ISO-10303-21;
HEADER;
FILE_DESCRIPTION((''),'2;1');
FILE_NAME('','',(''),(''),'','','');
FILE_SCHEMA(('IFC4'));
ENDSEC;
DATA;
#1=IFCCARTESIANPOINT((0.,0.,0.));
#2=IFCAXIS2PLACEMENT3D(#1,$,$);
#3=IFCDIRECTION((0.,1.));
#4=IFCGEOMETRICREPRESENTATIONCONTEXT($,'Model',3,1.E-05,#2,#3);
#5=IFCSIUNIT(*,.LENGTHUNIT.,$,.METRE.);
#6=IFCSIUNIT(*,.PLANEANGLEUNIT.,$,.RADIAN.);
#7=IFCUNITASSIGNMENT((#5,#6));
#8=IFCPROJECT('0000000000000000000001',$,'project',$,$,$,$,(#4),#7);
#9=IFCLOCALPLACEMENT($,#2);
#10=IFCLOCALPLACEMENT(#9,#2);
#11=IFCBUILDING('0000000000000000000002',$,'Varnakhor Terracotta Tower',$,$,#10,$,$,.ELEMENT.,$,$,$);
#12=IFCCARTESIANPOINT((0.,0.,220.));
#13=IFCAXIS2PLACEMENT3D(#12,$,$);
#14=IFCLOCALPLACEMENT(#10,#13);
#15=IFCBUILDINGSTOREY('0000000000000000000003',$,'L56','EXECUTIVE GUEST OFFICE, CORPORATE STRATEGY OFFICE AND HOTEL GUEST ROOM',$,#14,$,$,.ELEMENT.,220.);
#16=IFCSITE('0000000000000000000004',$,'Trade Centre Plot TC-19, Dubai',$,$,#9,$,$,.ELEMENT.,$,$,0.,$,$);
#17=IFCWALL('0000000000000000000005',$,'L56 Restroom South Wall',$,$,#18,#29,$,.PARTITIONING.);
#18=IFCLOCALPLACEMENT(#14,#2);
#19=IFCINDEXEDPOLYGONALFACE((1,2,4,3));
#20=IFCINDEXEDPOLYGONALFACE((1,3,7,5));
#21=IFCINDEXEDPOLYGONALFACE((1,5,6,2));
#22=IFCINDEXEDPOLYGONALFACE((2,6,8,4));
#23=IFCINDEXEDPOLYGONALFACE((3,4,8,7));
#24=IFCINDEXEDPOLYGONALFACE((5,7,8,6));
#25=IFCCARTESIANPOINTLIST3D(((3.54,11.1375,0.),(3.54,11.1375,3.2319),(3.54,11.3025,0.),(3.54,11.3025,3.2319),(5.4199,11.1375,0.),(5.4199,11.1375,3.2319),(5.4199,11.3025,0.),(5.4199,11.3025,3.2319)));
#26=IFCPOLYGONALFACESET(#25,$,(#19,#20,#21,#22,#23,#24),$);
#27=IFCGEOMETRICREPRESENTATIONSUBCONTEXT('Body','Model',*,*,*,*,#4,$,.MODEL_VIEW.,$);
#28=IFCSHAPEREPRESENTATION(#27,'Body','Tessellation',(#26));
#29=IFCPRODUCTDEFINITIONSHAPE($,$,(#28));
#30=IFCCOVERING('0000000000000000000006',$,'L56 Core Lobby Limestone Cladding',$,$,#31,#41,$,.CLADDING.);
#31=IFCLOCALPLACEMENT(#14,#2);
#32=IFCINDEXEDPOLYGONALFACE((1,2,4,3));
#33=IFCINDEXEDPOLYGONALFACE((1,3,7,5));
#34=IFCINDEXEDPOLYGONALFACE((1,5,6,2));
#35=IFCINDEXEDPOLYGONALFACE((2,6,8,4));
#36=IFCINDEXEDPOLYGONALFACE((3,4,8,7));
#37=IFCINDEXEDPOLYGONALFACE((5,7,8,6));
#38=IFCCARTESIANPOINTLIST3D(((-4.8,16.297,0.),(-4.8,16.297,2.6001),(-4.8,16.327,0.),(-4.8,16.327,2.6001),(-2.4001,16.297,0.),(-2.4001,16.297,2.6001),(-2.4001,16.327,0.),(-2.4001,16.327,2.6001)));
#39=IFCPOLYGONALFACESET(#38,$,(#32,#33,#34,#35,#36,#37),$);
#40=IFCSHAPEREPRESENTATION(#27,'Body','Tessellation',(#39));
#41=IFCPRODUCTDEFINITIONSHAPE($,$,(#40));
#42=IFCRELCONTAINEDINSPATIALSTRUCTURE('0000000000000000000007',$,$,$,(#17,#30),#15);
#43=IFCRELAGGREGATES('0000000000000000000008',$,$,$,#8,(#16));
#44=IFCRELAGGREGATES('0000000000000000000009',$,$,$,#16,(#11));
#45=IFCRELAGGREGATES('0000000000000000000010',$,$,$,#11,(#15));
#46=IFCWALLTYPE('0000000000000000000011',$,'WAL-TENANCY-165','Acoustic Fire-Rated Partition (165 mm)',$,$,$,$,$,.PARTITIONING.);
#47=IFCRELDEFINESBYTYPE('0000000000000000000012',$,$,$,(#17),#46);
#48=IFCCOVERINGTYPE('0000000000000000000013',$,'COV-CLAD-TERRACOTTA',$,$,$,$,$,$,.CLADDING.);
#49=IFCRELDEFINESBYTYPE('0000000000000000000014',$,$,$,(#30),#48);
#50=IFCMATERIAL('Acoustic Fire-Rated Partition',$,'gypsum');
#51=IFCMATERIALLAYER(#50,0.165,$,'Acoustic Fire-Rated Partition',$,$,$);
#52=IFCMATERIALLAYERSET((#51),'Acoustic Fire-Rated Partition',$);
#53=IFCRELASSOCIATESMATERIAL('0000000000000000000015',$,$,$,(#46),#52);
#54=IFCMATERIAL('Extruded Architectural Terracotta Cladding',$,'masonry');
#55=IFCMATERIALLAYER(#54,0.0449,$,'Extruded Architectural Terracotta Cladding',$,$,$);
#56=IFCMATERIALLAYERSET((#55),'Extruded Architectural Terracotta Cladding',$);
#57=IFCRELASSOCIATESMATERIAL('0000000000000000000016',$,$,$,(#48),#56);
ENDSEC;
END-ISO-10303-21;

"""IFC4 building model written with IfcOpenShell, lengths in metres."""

from ifc_helpers import new_model, si_unit, direction, frame, frame_2d, origin, origin_2d, place, context, subcontext, project, spatial, rectangle, extrude, source, transform, mapped, material, layer, layer_set, type_object, type_shapes, element, save


model = new_model("IFC4")

# Units and contexts
model_context = context("Model", 3, precision=1e-05, world=origin(), true_north=direction((0.0, 1.0)))
body_context = subcontext(model_context, "Body", "Model", "MODEL_VIEW")
ifc_project = project(units=[si_unit("LENGTHUNIT", "METRE"), si_unit("PLANEANGLEUNIT", "RADIAN")], contexts=[model_context])

# Site, building, storey
site_placement = place(None, origin())
site = spatial("IfcSite", under=ifc_project, at=site_placement, Name="Trade Centre Plot TC-19, Dubai", CompositionType="ELEMENT", RefElevation=0.0)
building_placement = place(site_placement, origin())
building = spatial("IfcBuilding", under=site, at=building_placement, Name="Varnakhor Terracotta Tower", CompositionType="ELEMENT")
storey_placement = place(building_placement, frame((0.0, 0.0, 220.0)))
storey = spatial("IfcBuildingStorey", under=building, at=storey_placement, Name="L56", Description="EXECUTIVE GUEST OFFICE, CORPORATE STRATEGY OFFICE AND HOTEL GUEST ROOM", CompositionType="ELEMENT", Elevation=220.0)

# Shared definitions
ifc_material_1 = material(Name="Acoustic Fire-Rated Partition", Category="gypsum")
ifc_layer_1 = layer(ifc_material_1, 0.165, Name="Acoustic Fire-Rated Partition")
ifc_layer_set_1 = layer_set([ifc_layer_1], Name="Acoustic Fire-Rated Partition")
wall_type_1 = type_object("IfcWallType", Name="WAL-TENANCY-165", Description="Acoustic Fire-Rated Partition (165 mm)", PredefinedType="PARTITIONING", material=ifc_layer_set_1)

# Wall
wall_1_placement = place(storey_placement, frame((3.54, 11.22, 0.0), z_axis=(0.0, 0.0, 1.0), x_axis=(1.0, 0.0, 0.0)))
element("IfcWall", 1, at=wall_1_placement, inside=storey, type_object=wall_type_1, Name="L56 Restroom South Wall", PredefinedType="PARTITIONING", context=body_context, shape_type="SweptSolid", body=[
    extrude(rectangle(XDim=1.8799, YDim=0.165, at=frame_2d((0.9399, 0.0))), origin(), (0.0, 0.0, 1.0), 3.2319),
])

# Covering
ifc_material_2 = material(Name="Extruded Architectural Terracotta Cladding", Category="masonry")
ifc_layer_2 = layer(ifc_material_2, 0.0449, Name="Extruded Architectural Terracotta Cladding")
ifc_layer_set_2 = layer_set([ifc_layer_2], Name="Extruded Architectural Terracotta Cladding")
covering_type = type_object("IfcCoveringType", Name="COV-CLAD-TERRACOTTA", PredefinedType="CLADDING", material=ifc_layer_set_2)
shared_shape_1 = source(origin(), body_context, "Body", "SweptSolid", [
    extrude(rectangle(XDim=2.3999, YDim=0.03, at=origin_2d()), origin(), (0.0, 0.0, 1.0), 2.6001),
])
type_shapes(covering_type, [shared_shape_1])
covering_placement = place(storey_placement, frame((-3.6001, 16.312, 0.0), z_axis=(0.0, 0.0, 1.0), x_axis=(1.0, 0.0, 0.0)))
element("IfcCovering", 2, at=covering_placement, inside=storey, type_object=covering_type, Name="L56 Core Lobby Limestone Cladding", PredefinedType="CLADDING", context=body_context, shape_type="MappedRepresentation", body=[
    mapped(shared_shape_1, transform((0.0, 0.0, 0.0), scale=1.0)),
])

save(model, "model.ifc")
